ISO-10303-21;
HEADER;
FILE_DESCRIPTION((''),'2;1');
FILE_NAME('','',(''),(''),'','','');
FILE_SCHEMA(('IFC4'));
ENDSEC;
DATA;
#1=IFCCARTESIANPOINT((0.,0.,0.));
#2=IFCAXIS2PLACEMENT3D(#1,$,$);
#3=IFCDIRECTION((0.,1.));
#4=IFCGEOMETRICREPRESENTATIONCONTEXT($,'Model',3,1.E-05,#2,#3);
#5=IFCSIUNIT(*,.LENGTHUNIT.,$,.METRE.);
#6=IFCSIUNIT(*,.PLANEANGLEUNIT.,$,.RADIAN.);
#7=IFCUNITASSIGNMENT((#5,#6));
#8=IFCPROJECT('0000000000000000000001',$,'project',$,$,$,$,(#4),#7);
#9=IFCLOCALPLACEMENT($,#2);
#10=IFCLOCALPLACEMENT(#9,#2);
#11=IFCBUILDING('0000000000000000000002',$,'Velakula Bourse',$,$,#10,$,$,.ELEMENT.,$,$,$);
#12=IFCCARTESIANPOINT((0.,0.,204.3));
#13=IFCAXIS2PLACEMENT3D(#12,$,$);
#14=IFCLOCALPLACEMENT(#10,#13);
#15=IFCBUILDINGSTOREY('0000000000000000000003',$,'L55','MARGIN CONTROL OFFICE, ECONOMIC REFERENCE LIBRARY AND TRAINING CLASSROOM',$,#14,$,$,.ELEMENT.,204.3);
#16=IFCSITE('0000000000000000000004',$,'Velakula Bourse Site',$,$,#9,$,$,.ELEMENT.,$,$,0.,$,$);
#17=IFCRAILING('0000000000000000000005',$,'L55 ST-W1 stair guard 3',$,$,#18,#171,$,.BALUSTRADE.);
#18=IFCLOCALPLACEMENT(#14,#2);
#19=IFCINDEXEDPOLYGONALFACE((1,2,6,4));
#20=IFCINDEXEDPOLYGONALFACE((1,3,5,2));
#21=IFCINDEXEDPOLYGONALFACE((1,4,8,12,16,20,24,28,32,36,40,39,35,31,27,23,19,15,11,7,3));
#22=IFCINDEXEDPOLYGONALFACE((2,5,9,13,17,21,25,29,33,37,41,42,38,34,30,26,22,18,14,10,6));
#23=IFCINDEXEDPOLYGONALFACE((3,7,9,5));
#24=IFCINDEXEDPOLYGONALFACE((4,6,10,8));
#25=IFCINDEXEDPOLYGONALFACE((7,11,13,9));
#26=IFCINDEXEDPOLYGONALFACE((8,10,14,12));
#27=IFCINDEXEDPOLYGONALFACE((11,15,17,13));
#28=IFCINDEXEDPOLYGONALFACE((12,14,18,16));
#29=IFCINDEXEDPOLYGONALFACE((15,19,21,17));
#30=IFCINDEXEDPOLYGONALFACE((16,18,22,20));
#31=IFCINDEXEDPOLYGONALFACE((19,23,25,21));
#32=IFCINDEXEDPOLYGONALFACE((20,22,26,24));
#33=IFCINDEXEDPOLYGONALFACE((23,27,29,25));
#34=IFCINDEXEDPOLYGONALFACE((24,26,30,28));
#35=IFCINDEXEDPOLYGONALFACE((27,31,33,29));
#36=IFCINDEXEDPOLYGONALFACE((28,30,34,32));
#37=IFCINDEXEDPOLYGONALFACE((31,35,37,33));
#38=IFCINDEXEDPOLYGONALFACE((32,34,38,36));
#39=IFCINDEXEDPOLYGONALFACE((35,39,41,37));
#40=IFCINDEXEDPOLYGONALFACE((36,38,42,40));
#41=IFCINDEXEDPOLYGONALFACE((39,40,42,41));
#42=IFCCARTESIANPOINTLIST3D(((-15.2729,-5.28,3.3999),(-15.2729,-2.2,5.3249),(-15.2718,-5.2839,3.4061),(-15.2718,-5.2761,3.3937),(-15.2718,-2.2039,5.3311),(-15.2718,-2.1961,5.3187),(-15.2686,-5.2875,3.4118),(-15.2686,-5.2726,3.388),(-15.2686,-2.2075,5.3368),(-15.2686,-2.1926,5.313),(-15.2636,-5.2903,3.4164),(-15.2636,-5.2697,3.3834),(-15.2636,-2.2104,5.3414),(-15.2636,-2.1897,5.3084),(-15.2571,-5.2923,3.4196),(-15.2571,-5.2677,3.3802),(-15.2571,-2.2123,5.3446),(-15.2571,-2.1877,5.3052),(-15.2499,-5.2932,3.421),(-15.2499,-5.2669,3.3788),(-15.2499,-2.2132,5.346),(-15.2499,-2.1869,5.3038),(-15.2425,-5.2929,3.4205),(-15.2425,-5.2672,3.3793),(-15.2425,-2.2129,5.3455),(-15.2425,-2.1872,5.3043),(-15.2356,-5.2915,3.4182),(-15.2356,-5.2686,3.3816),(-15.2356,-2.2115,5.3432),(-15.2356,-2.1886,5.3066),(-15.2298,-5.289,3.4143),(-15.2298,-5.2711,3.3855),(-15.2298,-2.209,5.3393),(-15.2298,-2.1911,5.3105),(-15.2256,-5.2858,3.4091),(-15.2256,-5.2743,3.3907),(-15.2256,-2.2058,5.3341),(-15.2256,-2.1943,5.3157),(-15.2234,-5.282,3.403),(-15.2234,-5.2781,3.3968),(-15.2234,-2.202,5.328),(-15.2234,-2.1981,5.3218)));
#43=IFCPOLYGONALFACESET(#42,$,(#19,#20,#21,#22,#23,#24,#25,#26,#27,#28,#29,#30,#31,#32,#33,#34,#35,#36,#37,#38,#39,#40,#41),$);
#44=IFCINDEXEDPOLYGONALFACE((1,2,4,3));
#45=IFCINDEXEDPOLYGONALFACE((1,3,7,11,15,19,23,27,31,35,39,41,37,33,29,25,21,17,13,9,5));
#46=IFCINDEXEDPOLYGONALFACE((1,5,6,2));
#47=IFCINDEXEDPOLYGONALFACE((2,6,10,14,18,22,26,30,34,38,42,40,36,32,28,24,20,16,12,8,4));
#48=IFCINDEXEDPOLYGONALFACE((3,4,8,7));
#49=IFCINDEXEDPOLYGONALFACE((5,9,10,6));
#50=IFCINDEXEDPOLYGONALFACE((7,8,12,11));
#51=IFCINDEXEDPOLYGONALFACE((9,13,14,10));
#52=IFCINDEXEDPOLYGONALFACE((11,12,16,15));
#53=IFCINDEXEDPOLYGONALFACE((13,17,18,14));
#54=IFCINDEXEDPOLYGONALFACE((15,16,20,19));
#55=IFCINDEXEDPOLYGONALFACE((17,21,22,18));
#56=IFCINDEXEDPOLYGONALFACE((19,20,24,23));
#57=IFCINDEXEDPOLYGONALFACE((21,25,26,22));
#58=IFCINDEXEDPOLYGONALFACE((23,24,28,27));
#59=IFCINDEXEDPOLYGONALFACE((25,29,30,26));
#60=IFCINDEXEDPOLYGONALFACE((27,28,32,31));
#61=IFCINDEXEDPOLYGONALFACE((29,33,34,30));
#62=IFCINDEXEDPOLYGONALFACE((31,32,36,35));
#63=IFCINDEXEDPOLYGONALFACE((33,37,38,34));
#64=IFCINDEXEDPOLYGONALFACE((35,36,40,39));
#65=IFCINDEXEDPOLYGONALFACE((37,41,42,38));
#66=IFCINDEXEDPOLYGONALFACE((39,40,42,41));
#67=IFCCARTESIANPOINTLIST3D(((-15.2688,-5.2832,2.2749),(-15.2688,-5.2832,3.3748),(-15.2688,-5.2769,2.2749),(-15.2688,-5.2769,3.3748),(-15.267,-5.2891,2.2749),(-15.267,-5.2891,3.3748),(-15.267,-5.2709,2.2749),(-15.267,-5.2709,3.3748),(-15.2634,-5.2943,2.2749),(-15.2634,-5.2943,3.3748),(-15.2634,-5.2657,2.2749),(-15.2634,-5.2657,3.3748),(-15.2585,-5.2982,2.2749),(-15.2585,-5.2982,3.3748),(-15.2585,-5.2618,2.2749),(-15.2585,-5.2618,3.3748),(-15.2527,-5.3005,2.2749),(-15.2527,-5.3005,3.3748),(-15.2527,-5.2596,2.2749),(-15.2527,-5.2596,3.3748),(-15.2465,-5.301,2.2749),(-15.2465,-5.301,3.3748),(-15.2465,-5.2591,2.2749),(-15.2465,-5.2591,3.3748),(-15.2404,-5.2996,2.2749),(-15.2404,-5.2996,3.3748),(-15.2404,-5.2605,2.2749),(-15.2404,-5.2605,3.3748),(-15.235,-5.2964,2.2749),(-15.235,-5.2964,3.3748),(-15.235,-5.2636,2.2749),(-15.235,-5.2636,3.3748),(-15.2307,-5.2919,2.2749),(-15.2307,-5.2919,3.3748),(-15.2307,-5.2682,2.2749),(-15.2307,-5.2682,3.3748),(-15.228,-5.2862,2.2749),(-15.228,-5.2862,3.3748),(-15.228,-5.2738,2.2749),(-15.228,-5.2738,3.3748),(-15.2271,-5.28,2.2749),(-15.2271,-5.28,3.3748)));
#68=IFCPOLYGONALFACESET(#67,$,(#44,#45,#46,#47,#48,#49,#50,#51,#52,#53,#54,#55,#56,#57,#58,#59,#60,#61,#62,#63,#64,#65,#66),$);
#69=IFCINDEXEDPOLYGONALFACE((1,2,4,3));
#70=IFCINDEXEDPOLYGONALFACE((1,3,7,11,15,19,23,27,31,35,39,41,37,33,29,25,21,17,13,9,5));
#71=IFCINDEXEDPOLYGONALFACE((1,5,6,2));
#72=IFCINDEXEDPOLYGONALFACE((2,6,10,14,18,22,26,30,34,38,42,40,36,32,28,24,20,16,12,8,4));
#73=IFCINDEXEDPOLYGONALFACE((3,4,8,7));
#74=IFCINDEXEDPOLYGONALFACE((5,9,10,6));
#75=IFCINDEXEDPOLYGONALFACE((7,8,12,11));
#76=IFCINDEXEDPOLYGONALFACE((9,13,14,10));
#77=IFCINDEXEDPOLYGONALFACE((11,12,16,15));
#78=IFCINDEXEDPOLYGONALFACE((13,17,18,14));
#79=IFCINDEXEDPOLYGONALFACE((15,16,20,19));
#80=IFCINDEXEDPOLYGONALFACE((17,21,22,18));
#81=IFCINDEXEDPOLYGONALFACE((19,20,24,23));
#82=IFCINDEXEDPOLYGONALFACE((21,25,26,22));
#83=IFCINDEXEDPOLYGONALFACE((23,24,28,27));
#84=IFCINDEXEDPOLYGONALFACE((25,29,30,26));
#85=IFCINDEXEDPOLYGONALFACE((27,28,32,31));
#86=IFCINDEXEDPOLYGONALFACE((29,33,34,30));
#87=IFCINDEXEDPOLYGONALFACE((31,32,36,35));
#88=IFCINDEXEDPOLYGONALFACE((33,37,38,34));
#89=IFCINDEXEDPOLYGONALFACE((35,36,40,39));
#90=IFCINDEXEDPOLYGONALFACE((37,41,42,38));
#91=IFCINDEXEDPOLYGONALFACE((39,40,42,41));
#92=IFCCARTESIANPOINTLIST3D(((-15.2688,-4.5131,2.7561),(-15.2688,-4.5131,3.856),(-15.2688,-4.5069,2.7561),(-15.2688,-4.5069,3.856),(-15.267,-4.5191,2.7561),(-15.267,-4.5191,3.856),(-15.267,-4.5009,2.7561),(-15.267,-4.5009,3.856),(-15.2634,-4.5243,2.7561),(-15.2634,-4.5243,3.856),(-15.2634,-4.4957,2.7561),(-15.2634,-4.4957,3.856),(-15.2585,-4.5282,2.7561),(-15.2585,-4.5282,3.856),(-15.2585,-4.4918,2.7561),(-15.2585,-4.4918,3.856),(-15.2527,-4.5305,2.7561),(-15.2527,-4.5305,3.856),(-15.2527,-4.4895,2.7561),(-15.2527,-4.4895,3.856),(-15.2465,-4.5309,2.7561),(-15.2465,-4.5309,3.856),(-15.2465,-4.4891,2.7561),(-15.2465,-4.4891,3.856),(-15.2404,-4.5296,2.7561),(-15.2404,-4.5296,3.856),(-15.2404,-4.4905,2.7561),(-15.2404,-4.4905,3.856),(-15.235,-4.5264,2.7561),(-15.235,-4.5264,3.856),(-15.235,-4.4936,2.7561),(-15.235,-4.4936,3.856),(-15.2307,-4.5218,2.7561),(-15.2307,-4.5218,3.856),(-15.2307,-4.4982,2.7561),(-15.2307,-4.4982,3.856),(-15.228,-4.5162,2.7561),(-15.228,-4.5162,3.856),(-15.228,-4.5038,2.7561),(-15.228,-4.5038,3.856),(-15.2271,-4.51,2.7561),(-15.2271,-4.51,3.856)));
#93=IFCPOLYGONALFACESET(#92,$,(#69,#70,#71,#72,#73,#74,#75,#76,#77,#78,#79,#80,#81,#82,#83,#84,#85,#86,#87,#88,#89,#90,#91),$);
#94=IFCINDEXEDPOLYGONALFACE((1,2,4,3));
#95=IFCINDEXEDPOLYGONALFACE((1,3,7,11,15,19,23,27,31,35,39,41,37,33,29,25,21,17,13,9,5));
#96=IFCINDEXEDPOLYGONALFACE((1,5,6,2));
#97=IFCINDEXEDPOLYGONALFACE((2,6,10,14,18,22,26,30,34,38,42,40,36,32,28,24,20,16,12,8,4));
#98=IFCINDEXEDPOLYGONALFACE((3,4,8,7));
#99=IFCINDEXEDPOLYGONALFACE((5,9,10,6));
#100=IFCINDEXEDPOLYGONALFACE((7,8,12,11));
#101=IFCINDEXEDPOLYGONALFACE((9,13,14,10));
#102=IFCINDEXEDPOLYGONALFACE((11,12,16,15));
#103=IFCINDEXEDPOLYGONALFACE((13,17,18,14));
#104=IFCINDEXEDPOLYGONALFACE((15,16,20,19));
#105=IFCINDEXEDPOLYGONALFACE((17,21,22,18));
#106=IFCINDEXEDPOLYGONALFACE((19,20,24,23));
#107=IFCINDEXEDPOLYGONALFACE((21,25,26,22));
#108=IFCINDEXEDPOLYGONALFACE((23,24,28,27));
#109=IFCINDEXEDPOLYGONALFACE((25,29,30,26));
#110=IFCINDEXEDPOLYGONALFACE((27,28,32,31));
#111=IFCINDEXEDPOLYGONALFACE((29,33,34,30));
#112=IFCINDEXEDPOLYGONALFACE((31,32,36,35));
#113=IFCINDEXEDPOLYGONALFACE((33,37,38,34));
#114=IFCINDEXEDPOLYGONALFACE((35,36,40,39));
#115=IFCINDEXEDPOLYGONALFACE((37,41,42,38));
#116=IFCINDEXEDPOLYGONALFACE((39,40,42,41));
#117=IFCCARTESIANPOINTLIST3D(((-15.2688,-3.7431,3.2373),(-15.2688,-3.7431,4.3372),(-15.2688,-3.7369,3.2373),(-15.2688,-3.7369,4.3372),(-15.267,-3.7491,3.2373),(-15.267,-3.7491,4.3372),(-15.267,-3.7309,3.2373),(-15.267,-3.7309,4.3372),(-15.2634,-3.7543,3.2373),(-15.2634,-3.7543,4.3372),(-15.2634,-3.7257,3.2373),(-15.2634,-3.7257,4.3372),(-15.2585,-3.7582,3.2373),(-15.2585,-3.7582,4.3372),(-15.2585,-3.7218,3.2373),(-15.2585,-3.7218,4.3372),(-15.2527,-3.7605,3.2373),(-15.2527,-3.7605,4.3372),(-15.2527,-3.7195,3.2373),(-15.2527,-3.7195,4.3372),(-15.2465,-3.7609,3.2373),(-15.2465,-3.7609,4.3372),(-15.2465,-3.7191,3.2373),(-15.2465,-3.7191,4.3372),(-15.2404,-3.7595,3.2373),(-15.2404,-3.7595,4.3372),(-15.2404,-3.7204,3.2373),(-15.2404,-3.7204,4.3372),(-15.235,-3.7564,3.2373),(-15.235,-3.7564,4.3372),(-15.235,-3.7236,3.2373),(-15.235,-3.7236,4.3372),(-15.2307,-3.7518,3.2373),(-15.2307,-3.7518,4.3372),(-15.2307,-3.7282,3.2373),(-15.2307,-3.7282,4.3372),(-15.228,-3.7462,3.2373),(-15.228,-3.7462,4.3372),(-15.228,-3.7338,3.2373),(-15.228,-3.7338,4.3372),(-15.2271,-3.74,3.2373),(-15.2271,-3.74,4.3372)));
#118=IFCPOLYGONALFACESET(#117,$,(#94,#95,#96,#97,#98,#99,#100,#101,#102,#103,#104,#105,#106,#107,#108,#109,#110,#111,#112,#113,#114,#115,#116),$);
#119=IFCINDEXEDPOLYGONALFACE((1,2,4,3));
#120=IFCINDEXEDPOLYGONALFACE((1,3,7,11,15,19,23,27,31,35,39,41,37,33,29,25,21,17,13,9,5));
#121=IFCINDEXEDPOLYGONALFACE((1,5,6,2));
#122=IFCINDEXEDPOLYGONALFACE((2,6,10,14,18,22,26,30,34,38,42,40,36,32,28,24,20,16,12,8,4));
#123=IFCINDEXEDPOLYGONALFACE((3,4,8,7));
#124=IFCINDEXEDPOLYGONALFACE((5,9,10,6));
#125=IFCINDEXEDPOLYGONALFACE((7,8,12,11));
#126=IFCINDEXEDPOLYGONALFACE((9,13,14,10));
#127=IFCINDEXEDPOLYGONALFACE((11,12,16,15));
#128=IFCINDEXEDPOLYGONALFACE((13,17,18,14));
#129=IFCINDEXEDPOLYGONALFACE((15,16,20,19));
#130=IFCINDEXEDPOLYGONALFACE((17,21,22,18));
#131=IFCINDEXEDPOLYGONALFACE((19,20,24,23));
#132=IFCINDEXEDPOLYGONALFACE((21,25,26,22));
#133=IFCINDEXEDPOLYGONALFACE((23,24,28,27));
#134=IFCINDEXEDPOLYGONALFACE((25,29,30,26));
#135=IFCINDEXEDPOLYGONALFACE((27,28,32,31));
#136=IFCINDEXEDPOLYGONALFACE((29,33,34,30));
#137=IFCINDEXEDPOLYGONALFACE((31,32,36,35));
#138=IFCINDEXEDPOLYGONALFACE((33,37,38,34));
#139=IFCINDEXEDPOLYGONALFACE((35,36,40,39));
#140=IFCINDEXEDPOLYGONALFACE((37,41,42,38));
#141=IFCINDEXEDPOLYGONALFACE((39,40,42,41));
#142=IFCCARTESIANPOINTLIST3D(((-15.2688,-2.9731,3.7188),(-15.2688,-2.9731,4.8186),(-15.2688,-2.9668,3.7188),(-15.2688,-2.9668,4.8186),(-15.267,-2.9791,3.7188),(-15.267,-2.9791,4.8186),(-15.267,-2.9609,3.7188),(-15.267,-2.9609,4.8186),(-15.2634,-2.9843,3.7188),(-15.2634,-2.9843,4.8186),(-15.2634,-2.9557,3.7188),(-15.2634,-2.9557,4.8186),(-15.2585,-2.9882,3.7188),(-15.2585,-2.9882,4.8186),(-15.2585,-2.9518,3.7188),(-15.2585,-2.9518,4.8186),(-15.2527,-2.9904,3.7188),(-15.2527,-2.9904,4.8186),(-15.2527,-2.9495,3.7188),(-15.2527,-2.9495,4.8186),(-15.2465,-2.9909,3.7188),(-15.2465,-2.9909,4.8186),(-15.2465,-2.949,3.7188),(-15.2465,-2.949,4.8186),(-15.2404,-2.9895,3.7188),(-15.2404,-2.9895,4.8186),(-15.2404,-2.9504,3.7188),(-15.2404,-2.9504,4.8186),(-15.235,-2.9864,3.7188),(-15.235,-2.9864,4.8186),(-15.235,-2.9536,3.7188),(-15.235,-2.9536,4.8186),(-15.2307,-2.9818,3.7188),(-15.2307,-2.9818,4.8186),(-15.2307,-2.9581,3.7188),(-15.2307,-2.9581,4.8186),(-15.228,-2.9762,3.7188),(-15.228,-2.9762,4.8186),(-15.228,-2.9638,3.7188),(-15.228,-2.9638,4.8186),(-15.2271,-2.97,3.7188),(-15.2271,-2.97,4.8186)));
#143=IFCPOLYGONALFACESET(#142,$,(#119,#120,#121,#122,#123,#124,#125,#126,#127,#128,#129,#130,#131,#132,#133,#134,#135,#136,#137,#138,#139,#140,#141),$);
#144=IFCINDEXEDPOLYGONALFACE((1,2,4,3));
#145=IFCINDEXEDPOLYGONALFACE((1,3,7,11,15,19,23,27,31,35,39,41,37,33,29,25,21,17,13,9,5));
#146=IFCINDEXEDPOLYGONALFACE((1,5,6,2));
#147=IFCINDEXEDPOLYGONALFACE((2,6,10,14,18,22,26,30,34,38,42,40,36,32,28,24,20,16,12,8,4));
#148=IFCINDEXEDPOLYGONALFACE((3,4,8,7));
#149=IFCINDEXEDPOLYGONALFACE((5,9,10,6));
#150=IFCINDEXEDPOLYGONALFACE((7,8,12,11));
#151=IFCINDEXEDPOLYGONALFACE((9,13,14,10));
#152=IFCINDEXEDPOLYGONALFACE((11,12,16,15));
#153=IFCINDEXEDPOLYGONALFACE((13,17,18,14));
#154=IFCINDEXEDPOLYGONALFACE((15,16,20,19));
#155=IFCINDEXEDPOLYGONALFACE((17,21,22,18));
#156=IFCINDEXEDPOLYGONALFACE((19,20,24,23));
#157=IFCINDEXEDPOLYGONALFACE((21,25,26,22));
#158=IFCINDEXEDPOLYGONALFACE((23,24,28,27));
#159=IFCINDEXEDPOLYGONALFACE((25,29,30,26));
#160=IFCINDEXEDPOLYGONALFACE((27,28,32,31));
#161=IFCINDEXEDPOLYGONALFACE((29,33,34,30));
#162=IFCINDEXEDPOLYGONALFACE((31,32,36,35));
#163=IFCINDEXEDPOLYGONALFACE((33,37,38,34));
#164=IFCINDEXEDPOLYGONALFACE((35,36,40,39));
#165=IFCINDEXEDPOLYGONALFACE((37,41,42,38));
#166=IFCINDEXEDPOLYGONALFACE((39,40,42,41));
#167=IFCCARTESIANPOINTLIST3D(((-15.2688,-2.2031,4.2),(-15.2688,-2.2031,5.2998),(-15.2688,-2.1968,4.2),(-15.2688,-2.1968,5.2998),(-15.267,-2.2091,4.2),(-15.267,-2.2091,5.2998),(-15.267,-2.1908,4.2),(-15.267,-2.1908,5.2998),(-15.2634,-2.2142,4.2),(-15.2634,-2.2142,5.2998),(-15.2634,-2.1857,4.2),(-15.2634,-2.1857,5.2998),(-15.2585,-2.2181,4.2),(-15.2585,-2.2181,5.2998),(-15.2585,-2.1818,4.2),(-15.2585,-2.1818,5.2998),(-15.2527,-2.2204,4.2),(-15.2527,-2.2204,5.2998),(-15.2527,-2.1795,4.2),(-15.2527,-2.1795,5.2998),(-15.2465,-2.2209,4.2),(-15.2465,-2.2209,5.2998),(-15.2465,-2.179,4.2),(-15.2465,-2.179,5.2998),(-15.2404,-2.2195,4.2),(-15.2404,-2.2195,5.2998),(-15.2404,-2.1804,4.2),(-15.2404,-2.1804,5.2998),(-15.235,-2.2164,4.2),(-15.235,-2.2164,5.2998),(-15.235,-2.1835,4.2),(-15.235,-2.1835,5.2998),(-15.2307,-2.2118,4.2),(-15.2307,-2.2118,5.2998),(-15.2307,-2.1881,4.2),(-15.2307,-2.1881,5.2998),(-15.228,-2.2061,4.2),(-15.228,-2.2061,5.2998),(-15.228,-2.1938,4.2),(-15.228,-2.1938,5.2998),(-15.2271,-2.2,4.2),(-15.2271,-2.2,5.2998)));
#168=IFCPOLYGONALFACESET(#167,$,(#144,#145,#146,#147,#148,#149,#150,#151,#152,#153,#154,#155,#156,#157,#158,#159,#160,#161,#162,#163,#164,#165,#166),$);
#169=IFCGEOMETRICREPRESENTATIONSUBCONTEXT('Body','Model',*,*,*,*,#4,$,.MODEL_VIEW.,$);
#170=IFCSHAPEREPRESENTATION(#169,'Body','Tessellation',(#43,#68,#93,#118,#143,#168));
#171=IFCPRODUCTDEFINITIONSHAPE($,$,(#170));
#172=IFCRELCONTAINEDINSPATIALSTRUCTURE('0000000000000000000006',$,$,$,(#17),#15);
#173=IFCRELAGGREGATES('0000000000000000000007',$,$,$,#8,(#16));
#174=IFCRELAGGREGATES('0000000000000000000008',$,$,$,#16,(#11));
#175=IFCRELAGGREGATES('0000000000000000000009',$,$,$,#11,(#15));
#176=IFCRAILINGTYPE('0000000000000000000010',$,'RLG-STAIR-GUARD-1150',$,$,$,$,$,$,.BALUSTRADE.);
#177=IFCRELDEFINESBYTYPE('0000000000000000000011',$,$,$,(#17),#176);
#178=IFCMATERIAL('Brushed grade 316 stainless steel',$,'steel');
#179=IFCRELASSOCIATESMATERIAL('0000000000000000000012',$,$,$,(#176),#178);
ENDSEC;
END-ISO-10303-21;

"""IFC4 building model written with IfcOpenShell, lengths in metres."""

from ifc_helpers import new_model, si_unit, direction, frame, origin, origin_2d, place, context, subcontext, project, spatial, circle, extrude, material, type_object, element, save


model = new_model("IFC4")

# Units and contexts
model_context = context("Model", 3, precision=1e-05, world=origin(), true_north=direction((0.0, 1.0)))
body_context = subcontext(model_context, "Body", "Model", "MODEL_VIEW")
ifc_project = project(units=[si_unit("LENGTHUNIT", "METRE"), si_unit("PLANEANGLEUNIT", "RADIAN")], contexts=[model_context])

# Site, building, storey
site_placement = place(None, origin())
site = spatial("IfcSite", under=ifc_project, at=site_placement, Name="Velakula Bourse Site", CompositionType="ELEMENT", RefElevation=0.0)
building_placement = place(site_placement, origin())
building = spatial("IfcBuilding", under=site, at=building_placement, Name="Velakula Bourse", CompositionType="ELEMENT")
storey_placement = place(building_placement, frame((0.0, 0.0, 204.3)))
storey = spatial("IfcBuildingStorey", under=building, at=storey_placement, Name="L55", Description="MARGIN CONTROL OFFICE, ECONOMIC REFERENCE LIBRARY AND TRAINING CLASSROOM", CompositionType="ELEMENT", Elevation=204.3)

# Shared definitions
ifc_material_1 = material(Name="Brushed grade 316 stainless steel", Category="steel")

# Railing
railing_type_1 = type_object("IfcRailingType", Name="RLG-STAIR-GUARD-1150", PredefinedType="BALUSTRADE", material=ifc_material_1)
railing_1_placement = place(storey_placement, frame((-15.248, -5.28, 2.2749)))
element("IfcRailing", 1, at=railing_1_placement, inside=storey, type_object=railing_type_1, Name="L55 ST-W1 stair guard 3", PredefinedType="BALUSTRADE", context=body_context, shape_type="SweptSolid", body=[
    extrude(circle(Radius=0.0249, at=origin_2d()), frame((0.0, 0.0, 1.125), z_axis=(0.0, 0.847998, 0.529999), x_axis=(-1.0, 0.0, 0.0)), (0.0, 0.0, 1.0), 3.6321),
    extrude(circle(Radius=0.021, at=origin_2d()), origin(), (0.0, 0.0, 1.0), 1.0999),
    extrude(circle(Radius=0.021, at=origin_2d()), frame((0.0, 0.77, 0.4812)), (0.0, 0.0, 1.0), 1.0999),
    extrude(circle(Radius=0.021, at=origin_2d()), frame((0.0, 1.54, 0.9624)), (0.0, 0.0, 1.0), 1.0999),
    extrude(circle(Radius=0.021, at=origin_2d()), frame((0.0, 2.3101, 1.4438)), (0.0, 0.0, 1.0), 1.0999),
    extrude(circle(Radius=0.021, at=origin_2d()), frame((0.0, 3.0801, 1.925)), (0.0, 0.0, 1.0), 1.0999),
])

save(model, "model.ifc")
